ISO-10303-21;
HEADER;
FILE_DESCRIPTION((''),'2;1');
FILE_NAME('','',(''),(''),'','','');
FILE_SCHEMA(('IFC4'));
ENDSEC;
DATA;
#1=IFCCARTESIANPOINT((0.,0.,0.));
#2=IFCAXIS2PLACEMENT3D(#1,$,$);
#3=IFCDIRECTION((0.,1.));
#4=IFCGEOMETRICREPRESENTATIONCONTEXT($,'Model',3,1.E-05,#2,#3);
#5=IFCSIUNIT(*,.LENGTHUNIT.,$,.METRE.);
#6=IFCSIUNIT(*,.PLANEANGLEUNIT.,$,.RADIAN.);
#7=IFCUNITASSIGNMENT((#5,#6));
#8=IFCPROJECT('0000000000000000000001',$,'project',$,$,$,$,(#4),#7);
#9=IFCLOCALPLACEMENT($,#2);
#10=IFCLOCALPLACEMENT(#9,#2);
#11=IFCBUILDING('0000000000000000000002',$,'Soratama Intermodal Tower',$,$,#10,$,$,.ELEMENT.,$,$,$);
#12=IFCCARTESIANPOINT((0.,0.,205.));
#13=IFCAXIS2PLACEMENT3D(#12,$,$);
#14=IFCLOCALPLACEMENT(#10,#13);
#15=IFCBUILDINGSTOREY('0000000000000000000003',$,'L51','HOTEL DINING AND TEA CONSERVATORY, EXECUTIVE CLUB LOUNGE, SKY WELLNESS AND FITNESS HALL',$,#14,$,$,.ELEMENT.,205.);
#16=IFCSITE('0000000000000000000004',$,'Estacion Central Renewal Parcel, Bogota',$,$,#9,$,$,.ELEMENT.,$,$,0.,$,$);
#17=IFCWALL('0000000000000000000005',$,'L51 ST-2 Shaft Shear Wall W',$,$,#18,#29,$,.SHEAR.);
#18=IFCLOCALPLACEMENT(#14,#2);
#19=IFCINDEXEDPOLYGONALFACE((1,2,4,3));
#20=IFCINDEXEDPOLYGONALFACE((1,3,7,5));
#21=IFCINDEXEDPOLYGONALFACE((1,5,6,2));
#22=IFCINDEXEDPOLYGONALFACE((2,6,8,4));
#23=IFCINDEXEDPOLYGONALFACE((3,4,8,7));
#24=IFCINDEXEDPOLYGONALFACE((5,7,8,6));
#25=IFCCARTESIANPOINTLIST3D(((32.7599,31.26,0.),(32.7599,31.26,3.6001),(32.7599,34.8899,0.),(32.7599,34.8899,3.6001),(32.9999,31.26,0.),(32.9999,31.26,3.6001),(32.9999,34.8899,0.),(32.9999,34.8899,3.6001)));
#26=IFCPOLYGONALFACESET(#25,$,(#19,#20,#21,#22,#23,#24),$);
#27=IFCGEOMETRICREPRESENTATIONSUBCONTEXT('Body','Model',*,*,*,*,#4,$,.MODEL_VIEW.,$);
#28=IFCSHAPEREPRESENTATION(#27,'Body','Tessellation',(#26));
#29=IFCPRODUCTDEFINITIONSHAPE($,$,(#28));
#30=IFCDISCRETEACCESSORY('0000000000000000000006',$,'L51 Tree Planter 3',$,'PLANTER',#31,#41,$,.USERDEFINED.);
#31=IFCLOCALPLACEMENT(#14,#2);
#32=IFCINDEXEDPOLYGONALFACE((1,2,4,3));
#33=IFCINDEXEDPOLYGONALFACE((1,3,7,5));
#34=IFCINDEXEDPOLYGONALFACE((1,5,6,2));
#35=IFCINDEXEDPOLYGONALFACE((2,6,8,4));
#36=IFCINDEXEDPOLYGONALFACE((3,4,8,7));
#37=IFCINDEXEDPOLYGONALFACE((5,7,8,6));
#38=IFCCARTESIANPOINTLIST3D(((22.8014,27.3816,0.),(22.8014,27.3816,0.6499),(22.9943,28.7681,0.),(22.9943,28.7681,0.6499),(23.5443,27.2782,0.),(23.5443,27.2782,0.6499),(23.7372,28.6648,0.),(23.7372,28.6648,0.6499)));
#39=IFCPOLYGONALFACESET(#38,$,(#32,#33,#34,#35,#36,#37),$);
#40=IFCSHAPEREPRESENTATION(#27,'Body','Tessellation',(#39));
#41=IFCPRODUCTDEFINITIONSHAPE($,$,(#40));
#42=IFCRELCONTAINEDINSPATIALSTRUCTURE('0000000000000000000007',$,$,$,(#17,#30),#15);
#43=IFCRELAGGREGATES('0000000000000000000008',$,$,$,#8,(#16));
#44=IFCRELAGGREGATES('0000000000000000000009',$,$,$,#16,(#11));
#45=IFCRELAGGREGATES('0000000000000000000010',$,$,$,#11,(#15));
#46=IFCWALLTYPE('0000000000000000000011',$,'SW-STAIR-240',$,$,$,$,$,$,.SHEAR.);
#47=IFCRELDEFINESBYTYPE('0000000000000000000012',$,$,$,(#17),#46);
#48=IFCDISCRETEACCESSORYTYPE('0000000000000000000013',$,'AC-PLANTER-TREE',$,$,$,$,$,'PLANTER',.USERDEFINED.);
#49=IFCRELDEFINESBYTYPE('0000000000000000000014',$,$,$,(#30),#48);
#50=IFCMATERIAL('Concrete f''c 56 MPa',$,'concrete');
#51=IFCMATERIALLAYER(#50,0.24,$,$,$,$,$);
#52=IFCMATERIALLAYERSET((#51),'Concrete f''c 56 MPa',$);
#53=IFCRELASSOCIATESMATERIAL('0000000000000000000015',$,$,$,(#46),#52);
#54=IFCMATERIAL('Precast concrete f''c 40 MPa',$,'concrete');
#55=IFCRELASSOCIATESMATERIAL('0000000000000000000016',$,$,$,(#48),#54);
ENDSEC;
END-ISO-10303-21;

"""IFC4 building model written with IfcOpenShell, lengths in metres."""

from ifc_helpers import new_model, si_unit, direction, frame, frame_2d, origin, origin_2d, place, context, subcontext, project, spatial, rectangle, extrude, material, layer, layer_set, type_object, element, save


model = new_model("IFC4")

# Units and contexts
model_context = context("Model", 3, precision=1e-05, world=origin(), true_north=direction((0.0, 1.0)))
body_context = subcontext(model_context, "Body", "Model", "MODEL_VIEW")
ifc_project = project(units=[si_unit("LENGTHUNIT", "METRE"), si_unit("PLANEANGLEUNIT", "RADIAN")], contexts=[model_context])

# Site, building, storey
site_placement = place(None, origin())
site = spatial("IfcSite", under=ifc_project, at=site_placement, Name="Estacion Central Renewal Parcel, Bogota", CompositionType="ELEMENT", RefElevation=0.0)
building_placement = place(site_placement, origin())
building = spatial("IfcBuilding", under=site, at=building_placement, Name="Soratama Intermodal Tower", CompositionType="ELEMENT")
storey_placement = place(building_placement, frame((0.0, 0.0, 205.0)))
storey = spatial("IfcBuildingStorey", under=building, at=storey_placement, Name="L51", Description="HOTEL DINING AND TEA CONSERVATORY, EXECUTIVE CLUB LOUNGE, SKY WELLNESS AND FITNESS HALL", CompositionType="ELEMENT", Elevation=205.0)

# Wall
ifc_material_1 = material(Name="Concrete f'c 56 MPa", Category="concrete")
ifc_layer_1 = layer(ifc_material_1, 0.24)
ifc_layer_set_1 = layer_set([ifc_layer_1], Name="Concrete f'c 56 MPa")
wall_type_1 = type_object("IfcWallType", Name="SW-STAIR-240", PredefinedType="SHEAR", material=ifc_layer_set_1)
wall_1_placement = place(storey_placement, frame((32.8799, 31.26, 0.0), z_axis=(0.0, 0.0, 1.0), x_axis=(0.0, 1.0, 0.0)))
element("IfcWall", 1, at=wall_1_placement, inside=storey, type_object=wall_type_1, Name="L51 ST-2 Shaft Shear Wall W", PredefinedType="SHEAR", context=body_context, shape_type="SweptSolid", body=[
    extrude(rectangle(XDim=3.6299, YDim=0.24, at=frame_2d((1.8149, 0.0))), origin(), (0.0, 0.0, 1.0), 3.6001),
])

# Discrete accessory
ifc_material_2 = material(Name="Precast concrete f'c 40 MPa", Category="concrete")
discrete_accessory_type = type_object("IfcDiscreteAccessoryType", Name="AC-PLANTER-TREE", ElementType="PLANTER", PredefinedType="USERDEFINED", material=ifc_material_2)
discrete_accessory_placement = place(storey_placement, frame((23.2693, 28.0232, 0.0), z_axis=(0.0, 0.0, 1.0), x_axis=(-0.990461, 0.13779, 0.0)))
element("IfcDiscreteAccessory", 2, at=discrete_accessory_placement, inside=storey, type_object=discrete_accessory_type, Name="L51 Tree Planter 3", ObjectType="PLANTER", PredefinedType="USERDEFINED", context=body_context, shape_type="SweptSolid", body=[
    extrude(rectangle(XDim=0.75, YDim=1.3999, at=origin_2d()), origin(), (0.0, 0.0, 1.0), 0.6499),
])

save(model, "model.ifc")
